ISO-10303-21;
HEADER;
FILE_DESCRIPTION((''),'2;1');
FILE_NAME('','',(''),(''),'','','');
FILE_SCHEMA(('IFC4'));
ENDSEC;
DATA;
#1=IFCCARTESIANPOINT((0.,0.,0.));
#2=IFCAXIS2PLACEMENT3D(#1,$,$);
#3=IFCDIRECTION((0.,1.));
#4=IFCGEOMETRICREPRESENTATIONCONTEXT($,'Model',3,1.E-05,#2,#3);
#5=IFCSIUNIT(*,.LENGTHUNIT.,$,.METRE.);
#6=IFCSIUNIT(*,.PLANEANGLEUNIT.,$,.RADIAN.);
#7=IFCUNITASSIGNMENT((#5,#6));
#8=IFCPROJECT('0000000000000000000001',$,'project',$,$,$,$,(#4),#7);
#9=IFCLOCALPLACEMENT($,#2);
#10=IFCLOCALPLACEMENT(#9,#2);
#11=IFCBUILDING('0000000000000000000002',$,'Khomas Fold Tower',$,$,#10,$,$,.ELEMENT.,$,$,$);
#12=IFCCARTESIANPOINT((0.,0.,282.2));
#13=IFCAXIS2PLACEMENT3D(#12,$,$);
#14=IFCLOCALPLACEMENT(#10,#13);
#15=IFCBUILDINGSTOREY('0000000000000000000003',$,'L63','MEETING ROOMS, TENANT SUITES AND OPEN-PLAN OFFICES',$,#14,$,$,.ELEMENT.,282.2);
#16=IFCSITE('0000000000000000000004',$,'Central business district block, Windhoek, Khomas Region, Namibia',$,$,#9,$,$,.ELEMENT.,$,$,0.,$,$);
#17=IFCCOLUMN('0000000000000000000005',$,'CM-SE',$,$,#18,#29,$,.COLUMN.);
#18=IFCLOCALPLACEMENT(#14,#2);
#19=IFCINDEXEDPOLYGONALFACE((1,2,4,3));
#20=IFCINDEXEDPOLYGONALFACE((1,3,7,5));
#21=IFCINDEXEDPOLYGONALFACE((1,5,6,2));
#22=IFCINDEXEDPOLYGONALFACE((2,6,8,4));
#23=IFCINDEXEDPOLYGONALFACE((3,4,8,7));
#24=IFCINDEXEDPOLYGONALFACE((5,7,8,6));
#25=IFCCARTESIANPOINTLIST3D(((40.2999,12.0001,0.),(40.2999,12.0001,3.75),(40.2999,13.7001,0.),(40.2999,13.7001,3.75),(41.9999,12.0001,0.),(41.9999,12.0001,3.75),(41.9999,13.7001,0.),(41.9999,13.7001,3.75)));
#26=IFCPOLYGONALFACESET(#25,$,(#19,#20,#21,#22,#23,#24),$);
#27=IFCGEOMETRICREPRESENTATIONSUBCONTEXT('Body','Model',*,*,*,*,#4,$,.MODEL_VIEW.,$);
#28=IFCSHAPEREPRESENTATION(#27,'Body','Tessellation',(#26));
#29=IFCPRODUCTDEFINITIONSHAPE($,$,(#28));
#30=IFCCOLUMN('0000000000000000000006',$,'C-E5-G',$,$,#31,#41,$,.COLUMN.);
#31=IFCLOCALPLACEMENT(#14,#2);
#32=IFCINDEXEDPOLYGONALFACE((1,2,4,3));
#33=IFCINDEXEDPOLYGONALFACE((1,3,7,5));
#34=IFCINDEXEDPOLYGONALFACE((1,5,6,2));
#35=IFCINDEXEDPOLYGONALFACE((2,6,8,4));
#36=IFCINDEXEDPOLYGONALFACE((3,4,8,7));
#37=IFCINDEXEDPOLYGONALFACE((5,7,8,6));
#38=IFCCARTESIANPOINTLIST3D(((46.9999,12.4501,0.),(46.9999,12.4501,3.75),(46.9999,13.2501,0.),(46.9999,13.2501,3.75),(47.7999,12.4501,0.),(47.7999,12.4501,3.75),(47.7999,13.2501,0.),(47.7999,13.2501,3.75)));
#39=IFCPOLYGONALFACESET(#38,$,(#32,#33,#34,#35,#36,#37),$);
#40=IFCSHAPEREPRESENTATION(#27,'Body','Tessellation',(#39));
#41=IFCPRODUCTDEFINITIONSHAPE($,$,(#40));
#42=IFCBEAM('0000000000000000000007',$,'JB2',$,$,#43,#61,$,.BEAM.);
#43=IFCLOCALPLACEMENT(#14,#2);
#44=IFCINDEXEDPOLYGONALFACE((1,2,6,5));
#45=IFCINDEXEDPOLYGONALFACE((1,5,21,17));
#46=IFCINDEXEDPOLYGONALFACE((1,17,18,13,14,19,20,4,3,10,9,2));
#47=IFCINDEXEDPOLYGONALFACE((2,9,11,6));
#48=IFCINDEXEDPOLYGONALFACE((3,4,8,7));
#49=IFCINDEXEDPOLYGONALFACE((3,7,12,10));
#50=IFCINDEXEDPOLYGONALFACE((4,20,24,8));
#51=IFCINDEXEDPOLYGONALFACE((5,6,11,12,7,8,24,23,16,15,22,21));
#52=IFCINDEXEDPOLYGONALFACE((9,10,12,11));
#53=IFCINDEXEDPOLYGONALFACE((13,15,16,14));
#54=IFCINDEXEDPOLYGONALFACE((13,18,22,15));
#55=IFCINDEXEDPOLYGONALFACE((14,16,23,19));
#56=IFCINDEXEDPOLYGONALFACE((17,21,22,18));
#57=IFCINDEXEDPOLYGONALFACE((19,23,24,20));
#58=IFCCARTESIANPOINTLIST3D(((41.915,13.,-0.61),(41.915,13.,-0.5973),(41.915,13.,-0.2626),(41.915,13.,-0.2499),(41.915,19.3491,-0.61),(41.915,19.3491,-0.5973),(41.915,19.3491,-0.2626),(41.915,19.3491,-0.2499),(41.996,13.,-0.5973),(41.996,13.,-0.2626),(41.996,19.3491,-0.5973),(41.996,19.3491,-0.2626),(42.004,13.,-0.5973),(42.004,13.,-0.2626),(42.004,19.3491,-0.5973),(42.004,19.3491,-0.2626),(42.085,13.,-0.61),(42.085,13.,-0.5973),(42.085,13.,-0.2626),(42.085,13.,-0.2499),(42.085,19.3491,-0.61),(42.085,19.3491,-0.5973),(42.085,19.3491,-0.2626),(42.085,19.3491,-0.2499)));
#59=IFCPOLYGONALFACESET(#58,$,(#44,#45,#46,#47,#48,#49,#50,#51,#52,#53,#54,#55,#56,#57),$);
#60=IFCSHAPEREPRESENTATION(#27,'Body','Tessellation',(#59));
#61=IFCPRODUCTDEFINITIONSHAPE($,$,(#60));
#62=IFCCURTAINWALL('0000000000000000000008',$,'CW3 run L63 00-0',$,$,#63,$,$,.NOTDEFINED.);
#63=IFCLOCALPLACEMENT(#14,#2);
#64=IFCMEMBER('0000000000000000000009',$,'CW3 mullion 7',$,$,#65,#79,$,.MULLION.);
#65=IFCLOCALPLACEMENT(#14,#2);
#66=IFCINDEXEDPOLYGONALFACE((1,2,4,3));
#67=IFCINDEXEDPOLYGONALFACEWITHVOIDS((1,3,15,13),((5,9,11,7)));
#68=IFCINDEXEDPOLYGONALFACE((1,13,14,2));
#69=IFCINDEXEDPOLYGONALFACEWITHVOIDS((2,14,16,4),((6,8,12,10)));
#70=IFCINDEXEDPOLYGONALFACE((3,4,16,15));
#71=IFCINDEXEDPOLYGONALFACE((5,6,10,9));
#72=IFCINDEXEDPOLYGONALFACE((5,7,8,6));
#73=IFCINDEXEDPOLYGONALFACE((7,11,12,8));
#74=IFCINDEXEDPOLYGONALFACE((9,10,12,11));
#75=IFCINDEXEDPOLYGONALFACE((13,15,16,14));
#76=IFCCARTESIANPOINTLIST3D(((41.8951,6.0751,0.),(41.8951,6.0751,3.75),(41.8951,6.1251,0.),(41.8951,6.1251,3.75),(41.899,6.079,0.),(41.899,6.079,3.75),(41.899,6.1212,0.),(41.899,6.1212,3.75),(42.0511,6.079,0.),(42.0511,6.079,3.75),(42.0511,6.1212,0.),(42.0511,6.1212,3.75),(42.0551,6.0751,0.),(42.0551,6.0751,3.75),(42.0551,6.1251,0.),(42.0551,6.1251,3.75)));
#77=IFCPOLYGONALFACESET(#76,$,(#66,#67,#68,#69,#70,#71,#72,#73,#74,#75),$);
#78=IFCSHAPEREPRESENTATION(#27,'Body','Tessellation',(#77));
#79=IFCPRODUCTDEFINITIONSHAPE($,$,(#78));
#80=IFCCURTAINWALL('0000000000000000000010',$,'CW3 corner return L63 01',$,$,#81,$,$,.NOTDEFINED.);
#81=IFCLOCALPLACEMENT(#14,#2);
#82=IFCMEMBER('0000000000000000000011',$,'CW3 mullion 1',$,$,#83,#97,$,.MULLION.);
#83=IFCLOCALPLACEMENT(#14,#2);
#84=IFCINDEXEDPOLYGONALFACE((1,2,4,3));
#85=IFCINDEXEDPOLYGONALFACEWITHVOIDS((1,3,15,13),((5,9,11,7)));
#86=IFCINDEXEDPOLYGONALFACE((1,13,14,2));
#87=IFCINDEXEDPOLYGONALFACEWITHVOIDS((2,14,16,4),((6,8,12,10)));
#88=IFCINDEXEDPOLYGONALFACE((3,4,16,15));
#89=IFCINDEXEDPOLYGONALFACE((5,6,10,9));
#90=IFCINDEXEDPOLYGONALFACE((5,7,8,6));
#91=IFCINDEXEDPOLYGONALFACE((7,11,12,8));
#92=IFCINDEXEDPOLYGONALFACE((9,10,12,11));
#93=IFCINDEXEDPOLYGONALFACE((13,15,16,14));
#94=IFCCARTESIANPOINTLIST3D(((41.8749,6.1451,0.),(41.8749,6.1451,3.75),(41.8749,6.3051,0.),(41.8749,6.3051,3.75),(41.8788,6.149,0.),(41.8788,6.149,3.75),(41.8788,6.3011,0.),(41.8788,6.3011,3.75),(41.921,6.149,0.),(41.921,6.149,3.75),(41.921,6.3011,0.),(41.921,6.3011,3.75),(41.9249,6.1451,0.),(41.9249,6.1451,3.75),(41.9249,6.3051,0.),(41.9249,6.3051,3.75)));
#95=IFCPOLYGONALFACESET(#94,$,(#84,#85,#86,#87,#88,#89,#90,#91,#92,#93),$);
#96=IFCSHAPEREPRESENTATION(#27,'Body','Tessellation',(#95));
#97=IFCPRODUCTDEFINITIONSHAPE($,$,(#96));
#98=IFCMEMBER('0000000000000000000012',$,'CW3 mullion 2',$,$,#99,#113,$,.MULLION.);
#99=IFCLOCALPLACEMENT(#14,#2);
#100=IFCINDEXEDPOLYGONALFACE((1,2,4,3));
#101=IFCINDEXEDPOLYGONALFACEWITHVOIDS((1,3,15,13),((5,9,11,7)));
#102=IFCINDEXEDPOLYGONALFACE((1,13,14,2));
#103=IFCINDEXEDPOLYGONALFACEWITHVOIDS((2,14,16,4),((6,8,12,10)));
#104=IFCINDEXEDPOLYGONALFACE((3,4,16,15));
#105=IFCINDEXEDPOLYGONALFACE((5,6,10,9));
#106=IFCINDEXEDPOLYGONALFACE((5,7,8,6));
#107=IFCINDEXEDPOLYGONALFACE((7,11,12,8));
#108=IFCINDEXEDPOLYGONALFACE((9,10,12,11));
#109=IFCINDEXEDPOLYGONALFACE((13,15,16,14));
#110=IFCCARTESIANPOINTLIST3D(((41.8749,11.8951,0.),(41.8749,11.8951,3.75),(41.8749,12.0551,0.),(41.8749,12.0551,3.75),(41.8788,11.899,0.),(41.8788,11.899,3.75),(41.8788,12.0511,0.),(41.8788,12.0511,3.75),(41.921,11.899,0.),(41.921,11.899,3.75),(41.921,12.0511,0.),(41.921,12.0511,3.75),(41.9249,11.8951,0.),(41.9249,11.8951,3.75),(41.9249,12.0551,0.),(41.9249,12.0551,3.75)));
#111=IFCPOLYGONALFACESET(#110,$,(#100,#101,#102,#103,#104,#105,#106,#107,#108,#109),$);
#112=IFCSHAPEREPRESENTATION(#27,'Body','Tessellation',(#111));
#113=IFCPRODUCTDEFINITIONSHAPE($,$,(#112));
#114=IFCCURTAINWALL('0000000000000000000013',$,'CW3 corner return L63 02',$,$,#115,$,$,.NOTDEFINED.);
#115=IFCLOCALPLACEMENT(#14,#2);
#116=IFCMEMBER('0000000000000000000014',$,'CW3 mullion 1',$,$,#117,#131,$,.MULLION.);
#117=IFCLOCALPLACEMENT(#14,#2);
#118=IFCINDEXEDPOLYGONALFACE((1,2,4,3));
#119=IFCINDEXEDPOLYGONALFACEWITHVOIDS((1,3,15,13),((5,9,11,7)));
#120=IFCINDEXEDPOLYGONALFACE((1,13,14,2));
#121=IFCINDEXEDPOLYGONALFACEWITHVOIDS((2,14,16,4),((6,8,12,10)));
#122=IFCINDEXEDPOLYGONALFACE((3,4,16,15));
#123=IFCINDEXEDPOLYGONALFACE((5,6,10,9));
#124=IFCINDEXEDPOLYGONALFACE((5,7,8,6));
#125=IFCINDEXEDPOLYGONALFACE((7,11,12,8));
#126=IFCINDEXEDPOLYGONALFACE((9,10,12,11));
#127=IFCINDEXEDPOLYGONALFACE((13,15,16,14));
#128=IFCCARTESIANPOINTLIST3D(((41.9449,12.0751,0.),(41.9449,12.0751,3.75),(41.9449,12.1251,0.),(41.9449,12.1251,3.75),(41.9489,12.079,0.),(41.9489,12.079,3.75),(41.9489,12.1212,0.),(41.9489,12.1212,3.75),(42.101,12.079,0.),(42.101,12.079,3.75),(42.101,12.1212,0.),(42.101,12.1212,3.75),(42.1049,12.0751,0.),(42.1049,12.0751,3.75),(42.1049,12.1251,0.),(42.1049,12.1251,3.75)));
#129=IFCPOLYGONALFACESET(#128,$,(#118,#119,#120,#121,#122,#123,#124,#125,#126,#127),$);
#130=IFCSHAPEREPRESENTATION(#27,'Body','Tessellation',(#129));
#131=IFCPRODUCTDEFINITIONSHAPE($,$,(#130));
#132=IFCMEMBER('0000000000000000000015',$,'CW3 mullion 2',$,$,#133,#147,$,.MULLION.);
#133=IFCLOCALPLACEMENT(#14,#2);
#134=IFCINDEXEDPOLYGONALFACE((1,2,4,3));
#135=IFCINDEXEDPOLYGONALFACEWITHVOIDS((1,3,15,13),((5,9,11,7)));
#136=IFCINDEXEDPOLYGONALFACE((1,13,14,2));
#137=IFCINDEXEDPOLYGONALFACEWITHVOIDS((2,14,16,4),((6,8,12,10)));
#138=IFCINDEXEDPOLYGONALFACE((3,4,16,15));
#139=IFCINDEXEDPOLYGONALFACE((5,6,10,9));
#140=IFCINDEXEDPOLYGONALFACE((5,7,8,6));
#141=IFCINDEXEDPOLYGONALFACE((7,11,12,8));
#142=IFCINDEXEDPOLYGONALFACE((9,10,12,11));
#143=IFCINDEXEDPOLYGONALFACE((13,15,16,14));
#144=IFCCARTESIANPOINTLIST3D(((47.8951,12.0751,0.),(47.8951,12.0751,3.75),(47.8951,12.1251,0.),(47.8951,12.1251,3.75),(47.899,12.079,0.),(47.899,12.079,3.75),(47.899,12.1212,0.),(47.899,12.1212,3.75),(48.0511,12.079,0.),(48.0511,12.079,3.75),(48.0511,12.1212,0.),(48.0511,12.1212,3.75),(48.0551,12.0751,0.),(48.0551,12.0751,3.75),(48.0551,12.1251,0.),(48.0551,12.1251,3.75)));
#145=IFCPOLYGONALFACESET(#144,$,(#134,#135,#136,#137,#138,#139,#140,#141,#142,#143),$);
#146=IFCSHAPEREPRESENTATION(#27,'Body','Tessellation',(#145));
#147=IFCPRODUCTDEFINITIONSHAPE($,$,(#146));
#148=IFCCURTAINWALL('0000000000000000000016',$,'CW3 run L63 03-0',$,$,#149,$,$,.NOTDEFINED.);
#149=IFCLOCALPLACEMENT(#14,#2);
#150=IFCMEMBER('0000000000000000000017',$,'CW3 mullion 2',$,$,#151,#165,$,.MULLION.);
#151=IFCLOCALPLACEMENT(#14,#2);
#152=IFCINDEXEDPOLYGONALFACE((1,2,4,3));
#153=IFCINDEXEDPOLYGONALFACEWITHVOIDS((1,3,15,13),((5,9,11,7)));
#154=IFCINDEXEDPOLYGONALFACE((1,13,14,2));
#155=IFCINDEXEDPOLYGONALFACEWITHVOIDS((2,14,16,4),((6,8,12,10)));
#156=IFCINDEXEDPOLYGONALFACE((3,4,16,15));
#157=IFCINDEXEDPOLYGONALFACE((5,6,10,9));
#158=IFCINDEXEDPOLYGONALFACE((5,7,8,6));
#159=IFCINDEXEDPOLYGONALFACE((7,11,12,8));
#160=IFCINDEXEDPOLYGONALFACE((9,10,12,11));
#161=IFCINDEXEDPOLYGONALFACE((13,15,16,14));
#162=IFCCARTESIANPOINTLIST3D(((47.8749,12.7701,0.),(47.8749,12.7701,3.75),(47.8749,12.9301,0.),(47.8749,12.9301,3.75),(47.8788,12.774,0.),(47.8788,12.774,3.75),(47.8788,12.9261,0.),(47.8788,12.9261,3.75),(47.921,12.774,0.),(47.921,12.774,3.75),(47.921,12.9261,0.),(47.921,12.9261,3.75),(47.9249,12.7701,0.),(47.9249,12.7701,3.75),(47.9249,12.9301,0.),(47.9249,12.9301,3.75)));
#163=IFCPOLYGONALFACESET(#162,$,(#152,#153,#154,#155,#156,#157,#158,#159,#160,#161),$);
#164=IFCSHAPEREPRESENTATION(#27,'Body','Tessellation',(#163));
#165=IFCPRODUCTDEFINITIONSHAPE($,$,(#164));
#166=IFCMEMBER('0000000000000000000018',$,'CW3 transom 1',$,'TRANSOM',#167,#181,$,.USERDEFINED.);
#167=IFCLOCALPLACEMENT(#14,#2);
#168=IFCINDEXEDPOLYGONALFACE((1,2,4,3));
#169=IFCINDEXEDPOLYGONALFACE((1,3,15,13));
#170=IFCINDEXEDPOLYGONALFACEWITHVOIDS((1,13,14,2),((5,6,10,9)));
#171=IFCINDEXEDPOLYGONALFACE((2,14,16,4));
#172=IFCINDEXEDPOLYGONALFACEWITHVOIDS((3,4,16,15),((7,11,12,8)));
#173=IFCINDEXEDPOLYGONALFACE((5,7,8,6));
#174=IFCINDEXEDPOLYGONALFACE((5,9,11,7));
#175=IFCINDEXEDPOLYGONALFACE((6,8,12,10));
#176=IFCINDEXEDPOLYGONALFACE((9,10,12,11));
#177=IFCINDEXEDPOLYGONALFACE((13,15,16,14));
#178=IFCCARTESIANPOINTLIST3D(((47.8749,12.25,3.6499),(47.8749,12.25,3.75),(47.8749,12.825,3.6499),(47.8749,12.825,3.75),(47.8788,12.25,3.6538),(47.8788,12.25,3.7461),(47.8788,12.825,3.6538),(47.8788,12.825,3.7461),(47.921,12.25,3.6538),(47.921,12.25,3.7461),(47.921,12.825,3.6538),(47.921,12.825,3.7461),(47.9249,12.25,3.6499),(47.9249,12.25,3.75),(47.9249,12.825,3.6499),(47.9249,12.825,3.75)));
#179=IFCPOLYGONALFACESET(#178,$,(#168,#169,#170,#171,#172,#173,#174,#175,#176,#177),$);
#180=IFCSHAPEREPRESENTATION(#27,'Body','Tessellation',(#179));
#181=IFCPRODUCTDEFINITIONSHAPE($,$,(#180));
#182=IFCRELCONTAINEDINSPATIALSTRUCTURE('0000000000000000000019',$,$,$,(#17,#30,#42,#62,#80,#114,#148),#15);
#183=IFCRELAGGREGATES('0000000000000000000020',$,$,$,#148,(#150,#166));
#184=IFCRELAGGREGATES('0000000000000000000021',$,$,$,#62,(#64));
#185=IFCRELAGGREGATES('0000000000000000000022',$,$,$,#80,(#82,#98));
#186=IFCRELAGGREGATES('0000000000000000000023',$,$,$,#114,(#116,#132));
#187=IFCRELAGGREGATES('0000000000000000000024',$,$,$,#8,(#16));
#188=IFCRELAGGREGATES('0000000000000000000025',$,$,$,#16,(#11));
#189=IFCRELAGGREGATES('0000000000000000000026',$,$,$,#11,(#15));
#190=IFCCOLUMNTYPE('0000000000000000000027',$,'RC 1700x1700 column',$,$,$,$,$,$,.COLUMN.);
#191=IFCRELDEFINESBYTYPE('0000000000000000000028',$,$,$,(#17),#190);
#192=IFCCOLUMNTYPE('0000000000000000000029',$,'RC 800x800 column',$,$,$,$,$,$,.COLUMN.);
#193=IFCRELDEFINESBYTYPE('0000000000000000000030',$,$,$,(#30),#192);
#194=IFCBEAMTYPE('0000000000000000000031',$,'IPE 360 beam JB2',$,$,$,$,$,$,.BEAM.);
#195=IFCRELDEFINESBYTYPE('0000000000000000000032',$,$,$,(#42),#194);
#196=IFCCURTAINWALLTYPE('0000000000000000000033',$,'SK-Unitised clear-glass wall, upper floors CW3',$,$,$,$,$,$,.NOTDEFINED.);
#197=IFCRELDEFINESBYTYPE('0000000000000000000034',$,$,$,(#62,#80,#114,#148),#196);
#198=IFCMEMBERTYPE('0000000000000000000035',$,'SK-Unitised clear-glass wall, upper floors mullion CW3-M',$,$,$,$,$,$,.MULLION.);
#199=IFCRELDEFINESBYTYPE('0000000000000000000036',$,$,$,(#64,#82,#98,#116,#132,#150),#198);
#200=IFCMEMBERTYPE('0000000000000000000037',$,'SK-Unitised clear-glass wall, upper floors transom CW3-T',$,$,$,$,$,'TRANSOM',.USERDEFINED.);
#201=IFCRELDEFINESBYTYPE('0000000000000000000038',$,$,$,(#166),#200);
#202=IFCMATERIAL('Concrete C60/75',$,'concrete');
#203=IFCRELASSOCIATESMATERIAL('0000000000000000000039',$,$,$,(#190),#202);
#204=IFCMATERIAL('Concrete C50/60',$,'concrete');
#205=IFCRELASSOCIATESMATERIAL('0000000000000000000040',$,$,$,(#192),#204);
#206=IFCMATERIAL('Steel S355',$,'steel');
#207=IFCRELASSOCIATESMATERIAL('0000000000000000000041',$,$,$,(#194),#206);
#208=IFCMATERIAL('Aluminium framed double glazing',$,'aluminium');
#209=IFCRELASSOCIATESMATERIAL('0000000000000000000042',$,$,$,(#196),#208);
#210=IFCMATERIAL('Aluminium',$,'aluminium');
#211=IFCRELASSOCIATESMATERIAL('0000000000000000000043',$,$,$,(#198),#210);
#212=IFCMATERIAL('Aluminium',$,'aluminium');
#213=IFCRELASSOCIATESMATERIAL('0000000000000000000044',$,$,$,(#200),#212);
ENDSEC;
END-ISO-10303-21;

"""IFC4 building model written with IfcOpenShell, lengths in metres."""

from ifc_helpers import new_model, si_unit, direction, frame, origin, origin_2d, place, context, subcontext, project, spatial, rectangle, hollow_rectangle, i_section, extrude, source, transform, mapped, material, material_profile, profile_set, type_object, element, aggregate, save


model = new_model("IFC4")

# Units and contexts
model_context = context("Model", 3, precision=1e-05, world=origin(), true_north=direction((0.0, 1.0)))
body_context = subcontext(model_context, "Body", "Model", "MODEL_VIEW")
ifc_project = project(units=[si_unit("LENGTHUNIT", "METRE"), si_unit("PLANEANGLEUNIT", "RADIAN")], contexts=[model_context])

# Site, building, storey
site_placement = place(None, origin())
site = spatial("IfcSite", under=ifc_project, at=site_placement, Name="Central business district block, Windhoek, Khomas Region, Namibia", CompositionType="ELEMENT", RefElevation=0.0)
building_placement = place(site_placement, origin())
building = spatial("IfcBuilding", under=site, at=building_placement, Name="Khomas Fold Tower", CompositionType="ELEMENT")
storey_placement = place(building_placement, frame((0.0, 0.0, 282.2)))
storey = spatial("IfcBuildingStorey", under=building, at=storey_placement, Name="L63", Description="MEETING ROOMS, TENANT SUITES AND OPEN-PLAN OFFICES", CompositionType="ELEMENT", Elevation=282.2)

# Columns
ifc_material_1 = material(Name="Concrete C60/75", Category="concrete")
ifc_material_profile_1 = material_profile(ifc_material_1, rectangle(XDim=1.7, YDim=1.7, at=origin_2d()), Name="RC 1700x1700")
ifc_profile_set_1 = profile_set([ifc_material_profile_1], Name="Concrete C60/75")
column_type_1 = type_object("IfcColumnType", Name="RC 1700x1700 column", PredefinedType="COLUMN", material=ifc_profile_set_1)
shared_shape_1 = source(origin(), body_context, "Body", "SweptSolid", [
    extrude(rectangle(XDim=1.7, YDim=1.7, at=origin_2d()), origin(), (0.0, 0.0, 1.0), 3.75),
])
column_1_placement = place(storey_placement, frame((41.1499, 12.8501, 0.0), z_axis=(0.0, 0.0, 1.0), x_axis=(1.0, 0.0, 0.0)))
element("IfcColumn", 1, at=column_1_placement, inside=storey, type_object=column_type_1, Name="CM-SE", PredefinedType="COLUMN", context=body_context, shape_type="MappedRepresentation", body=[
    mapped(shared_shape_1, transform((0.0, 0.0, 0.0))),
])
ifc_material_2 = material(Name="Concrete C50/60", Category="concrete")
ifc_material_profile_2 = material_profile(ifc_material_2, rectangle(XDim=0.8, YDim=0.8, at=origin_2d()), Name="RC 800x800")
ifc_profile_set_2 = profile_set([ifc_material_profile_2], Name="Concrete C50/60")
column_type_2 = type_object("IfcColumnType", Name="RC 800x800 column", PredefinedType="COLUMN", material=ifc_profile_set_2)
shared_shape_2 = source(origin(), body_context, "Body", "SweptSolid", [
    extrude(rectangle(XDim=0.8, YDim=0.8, at=origin_2d()), origin(), (0.0, 0.0, 1.0), 3.75),
])
column_2_placement = place(storey_placement, frame((47.3999, 12.8501, 0.0), z_axis=(0.0, 0.0, 1.0), x_axis=(1.0, 0.0, 0.0)))
element("IfcColumn", 2, at=column_2_placement, inside=storey, type_object=column_type_2, Name="C-E5-G", PredefinedType="COLUMN", context=body_context, shape_type="MappedRepresentation", body=[
    mapped(shared_shape_2, transform((0.0, 0.0, 0.0))),
])

# Beam
ifc_material_3 = material(Name="Steel S355", Category="steel")
ifc_material_profile_3 = material_profile(ifc_material_3, i_section(OverallWidth=0.1699, OverallDepth=0.3601, WebThickness=0.0081, FlangeThickness=0.0127, at=origin_2d()), Name="IPE 360")
ifc_profile_set_3 = profile_set([ifc_material_profile_3], Name="Steel S355")
beam_type = type_object("IfcBeamType", Name="IPE 360 beam JB2", PredefinedType="BEAM", material=ifc_profile_set_3)
shared_shape_3 = source(origin(), body_context, "Body", "SweptSolid", [
    extrude(i_section(OverallWidth=0.1699, OverallDepth=0.3601, WebThickness=0.0081, FlangeThickness=0.0127, at=origin_2d()), origin(), (0.0, 0.0, 1.0), 6.3491),
])
beam_placement = place(storey_placement, frame((42.0, 13.0, -0.4299), z_axis=(0.0, 1.0, 0.0), x_axis=(-1.0, 0.0, 0.0)))
element("IfcBeam", 3, at=beam_placement, inside=storey, type_object=beam_type, Name="JB2", PredefinedType="BEAM", context=body_context, shape_type="MappedRepresentation", body=[
    mapped(shared_shape_3, transform((0.0, 0.0, 0.0))),
])

# Curtain wall, member
ifc_material_4 = material(Name="Aluminium framed double glazing", Category="aluminium")
curtain_wall_type = type_object("IfcCurtainWallType", Name="SK-Unitised clear-glass wall, upper floors CW3", PredefinedType="NOTDEFINED", material=ifc_material_4)
curtain_wall_1_placement = place(storey_placement, origin())
curtain_wall_1 = element("IfcCurtainWall", 4, at=curtain_wall_1_placement, inside=storey, type_object=curtain_wall_type, Name="CW3 run L63 00-0", PredefinedType="NOTDEFINED")
ifc_material_5 = material(Name="Aluminium", Category="aluminium")
ifc_material_profile_4 = material_profile(ifc_material_5, hollow_rectangle(XDim=0.05, YDim=0.1599, WallThickness=0.0039, at=origin_2d()), Name="SK-Unitised clear-glass wall, upper floors mullion CW3-M")
ifc_profile_set_4 = profile_set([ifc_material_profile_4], Name="Aluminium")
member_type_1 = type_object("IfcMemberType", Name="SK-Unitised clear-glass wall, upper floors mullion CW3-M", PredefinedType="MULLION", material=ifc_profile_set_4)
shared_shape_4 = source(origin(), body_context, "Body", "SweptSolid", [
    extrude(hollow_rectangle(XDim=0.05, YDim=0.1599, WallThickness=0.0039, at=origin_2d()), origin(), (0.0, 0.0, 1.0), 3.75),
])
member_1_placement = place(storey_placement, frame((41.9751, 6.1001, 0.0), z_axis=(0.0, 0.0, 1.0), x_axis=(0.0, 1.0, 0.0)))
member_1 = element("IfcMember", 5, at=member_1_placement, type_object=member_type_1, Name="CW3 mullion 7", PredefinedType="MULLION", context=body_context, shape_type="MappedRepresentation", body=[
    mapped(shared_shape_4, transform((0.0, 0.0, 0.0))),
])

# Curtain walls, members
curtain_wall_2_placement = place(storey_placement, origin())
curtain_wall_2 = element("IfcCurtainWall", 6, at=curtain_wall_2_placement, inside=storey, type_object=curtain_wall_type, Name="CW3 corner return L63 01", PredefinedType="NOTDEFINED")
member_2_placement = place(storey_placement, frame((41.8999, 6.2251, 0.0), z_axis=(0.0, 0.0, 1.0), x_axis=(-1.0, 0.0, 0.0)))
member_2 = element("IfcMember", 7, at=member_2_placement, type_object=member_type_1, Name="CW3 mullion 1", PredefinedType="MULLION", context=body_context, shape_type="MappedRepresentation", body=[
    mapped(shared_shape_4, transform((0.0, 0.0, 0.0))),
])
member_3_placement = place(storey_placement, frame((41.8999, 11.9751, 0.0), z_axis=(0.0, 0.0, 1.0), x_axis=(-1.0, 0.0, 0.0)))
member_3 = element("IfcMember", 8, at=member_3_placement, type_object=member_type_1, Name="CW3 mullion 2", PredefinedType="MULLION", context=body_context, shape_type="MappedRepresentation", body=[
    mapped(shared_shape_4, transform((0.0, 0.0, 0.0))),
])
curtain_wall_3_placement = place(storey_placement, origin())
curtain_wall_3 = element("IfcCurtainWall", 9, at=curtain_wall_3_placement, inside=storey, type_object=curtain_wall_type, Name="CW3 corner return L63 02", PredefinedType="NOTDEFINED")
member_4_placement = place(storey_placement, frame((42.0249, 12.1001, 0.0), z_axis=(0.0, 0.0, 1.0), x_axis=(0.0, 1.0, 0.0)))
member_4 = element("IfcMember", 10, at=member_4_placement, type_object=member_type_1, Name="CW3 mullion 1", PredefinedType="MULLION", context=body_context, shape_type="MappedRepresentation", body=[
    mapped(shared_shape_4, transform((0.0, 0.0, 0.0))),
])
member_5_placement = place(storey_placement, frame((47.9751, 12.1001, 0.0), z_axis=(0.0, 0.0, 1.0), x_axis=(0.0, 1.0, 0.0)))
member_5 = element("IfcMember", 11, at=member_5_placement, type_object=member_type_1, Name="CW3 mullion 2", PredefinedType="MULLION", context=body_context, shape_type="MappedRepresentation", body=[
    mapped(shared_shape_4, transform((0.0, 0.0, 0.0))),
])
curtain_wall_4_placement = place(storey_placement, origin())
curtain_wall_4 = element("IfcCurtainWall", 12, at=curtain_wall_4_placement, inside=storey, type_object=curtain_wall_type, Name="CW3 run L63 03-0", PredefinedType="NOTDEFINED")
member_6_placement = place(storey_placement, frame((47.8999, 12.8501, 0.0), z_axis=(0.0, 0.0, 1.0), x_axis=(-1.0, 0.0, 0.0)))
member_6 = element("IfcMember", 13, at=member_6_placement, type_object=member_type_1, Name="CW3 mullion 2", PredefinedType="MULLION", context=body_context, shape_type="MappedRepresentation", body=[
    mapped(shared_shape_4, transform((0.0, 0.0, 0.0))),
])
ifc_material_6 = material(Name="Aluminium", Category="aluminium")
ifc_material_profile_5 = material_profile(ifc_material_6, hollow_rectangle(XDim=0.05, YDim=0.1001, WallThickness=0.0039, at=origin_2d()), Name="SK-Unitised clear-glass wall, upper floors transom CW3-T")
ifc_profile_set_5 = profile_set([ifc_material_profile_5], Name="Aluminium")
member_type_2 = type_object("IfcMemberType", Name="SK-Unitised clear-glass wall, upper floors transom CW3-T", ElementType="TRANSOM", PredefinedType="USERDEFINED", material=ifc_profile_set_5)
shared_shape_5 = source(origin(), body_context, "Body", "SweptSolid", [
    extrude(hollow_rectangle(XDim=0.05, YDim=0.1001, WallThickness=0.0039, at=origin_2d()), origin(), (0.0, 0.0, 1.0), 0.575),
])
member_7_placement = place(storey_placement, frame((47.8999, 12.25, 3.7), z_axis=(0.0, 1.0, 0.0), x_axis=(-1.0, 0.0, 0.0)))
member_7 = element("IfcMember", 14, at=member_7_placement, type_object=member_type_2, Name="CW3 transom 1", ObjectType="TRANSOM", PredefinedType="USERDEFINED", context=body_context, shape_type="MappedRepresentation", body=[
    mapped(shared_shape_5, transform((0.0, 0.0, 0.0))),
])

aggregate(curtain_wall_4, [member_6, member_7])
aggregate(curtain_wall_1, [member_1])
aggregate(curtain_wall_2, [member_2, member_3])
aggregate(curtain_wall_3, [member_4, member_5])

save(model, "model.ifc")
